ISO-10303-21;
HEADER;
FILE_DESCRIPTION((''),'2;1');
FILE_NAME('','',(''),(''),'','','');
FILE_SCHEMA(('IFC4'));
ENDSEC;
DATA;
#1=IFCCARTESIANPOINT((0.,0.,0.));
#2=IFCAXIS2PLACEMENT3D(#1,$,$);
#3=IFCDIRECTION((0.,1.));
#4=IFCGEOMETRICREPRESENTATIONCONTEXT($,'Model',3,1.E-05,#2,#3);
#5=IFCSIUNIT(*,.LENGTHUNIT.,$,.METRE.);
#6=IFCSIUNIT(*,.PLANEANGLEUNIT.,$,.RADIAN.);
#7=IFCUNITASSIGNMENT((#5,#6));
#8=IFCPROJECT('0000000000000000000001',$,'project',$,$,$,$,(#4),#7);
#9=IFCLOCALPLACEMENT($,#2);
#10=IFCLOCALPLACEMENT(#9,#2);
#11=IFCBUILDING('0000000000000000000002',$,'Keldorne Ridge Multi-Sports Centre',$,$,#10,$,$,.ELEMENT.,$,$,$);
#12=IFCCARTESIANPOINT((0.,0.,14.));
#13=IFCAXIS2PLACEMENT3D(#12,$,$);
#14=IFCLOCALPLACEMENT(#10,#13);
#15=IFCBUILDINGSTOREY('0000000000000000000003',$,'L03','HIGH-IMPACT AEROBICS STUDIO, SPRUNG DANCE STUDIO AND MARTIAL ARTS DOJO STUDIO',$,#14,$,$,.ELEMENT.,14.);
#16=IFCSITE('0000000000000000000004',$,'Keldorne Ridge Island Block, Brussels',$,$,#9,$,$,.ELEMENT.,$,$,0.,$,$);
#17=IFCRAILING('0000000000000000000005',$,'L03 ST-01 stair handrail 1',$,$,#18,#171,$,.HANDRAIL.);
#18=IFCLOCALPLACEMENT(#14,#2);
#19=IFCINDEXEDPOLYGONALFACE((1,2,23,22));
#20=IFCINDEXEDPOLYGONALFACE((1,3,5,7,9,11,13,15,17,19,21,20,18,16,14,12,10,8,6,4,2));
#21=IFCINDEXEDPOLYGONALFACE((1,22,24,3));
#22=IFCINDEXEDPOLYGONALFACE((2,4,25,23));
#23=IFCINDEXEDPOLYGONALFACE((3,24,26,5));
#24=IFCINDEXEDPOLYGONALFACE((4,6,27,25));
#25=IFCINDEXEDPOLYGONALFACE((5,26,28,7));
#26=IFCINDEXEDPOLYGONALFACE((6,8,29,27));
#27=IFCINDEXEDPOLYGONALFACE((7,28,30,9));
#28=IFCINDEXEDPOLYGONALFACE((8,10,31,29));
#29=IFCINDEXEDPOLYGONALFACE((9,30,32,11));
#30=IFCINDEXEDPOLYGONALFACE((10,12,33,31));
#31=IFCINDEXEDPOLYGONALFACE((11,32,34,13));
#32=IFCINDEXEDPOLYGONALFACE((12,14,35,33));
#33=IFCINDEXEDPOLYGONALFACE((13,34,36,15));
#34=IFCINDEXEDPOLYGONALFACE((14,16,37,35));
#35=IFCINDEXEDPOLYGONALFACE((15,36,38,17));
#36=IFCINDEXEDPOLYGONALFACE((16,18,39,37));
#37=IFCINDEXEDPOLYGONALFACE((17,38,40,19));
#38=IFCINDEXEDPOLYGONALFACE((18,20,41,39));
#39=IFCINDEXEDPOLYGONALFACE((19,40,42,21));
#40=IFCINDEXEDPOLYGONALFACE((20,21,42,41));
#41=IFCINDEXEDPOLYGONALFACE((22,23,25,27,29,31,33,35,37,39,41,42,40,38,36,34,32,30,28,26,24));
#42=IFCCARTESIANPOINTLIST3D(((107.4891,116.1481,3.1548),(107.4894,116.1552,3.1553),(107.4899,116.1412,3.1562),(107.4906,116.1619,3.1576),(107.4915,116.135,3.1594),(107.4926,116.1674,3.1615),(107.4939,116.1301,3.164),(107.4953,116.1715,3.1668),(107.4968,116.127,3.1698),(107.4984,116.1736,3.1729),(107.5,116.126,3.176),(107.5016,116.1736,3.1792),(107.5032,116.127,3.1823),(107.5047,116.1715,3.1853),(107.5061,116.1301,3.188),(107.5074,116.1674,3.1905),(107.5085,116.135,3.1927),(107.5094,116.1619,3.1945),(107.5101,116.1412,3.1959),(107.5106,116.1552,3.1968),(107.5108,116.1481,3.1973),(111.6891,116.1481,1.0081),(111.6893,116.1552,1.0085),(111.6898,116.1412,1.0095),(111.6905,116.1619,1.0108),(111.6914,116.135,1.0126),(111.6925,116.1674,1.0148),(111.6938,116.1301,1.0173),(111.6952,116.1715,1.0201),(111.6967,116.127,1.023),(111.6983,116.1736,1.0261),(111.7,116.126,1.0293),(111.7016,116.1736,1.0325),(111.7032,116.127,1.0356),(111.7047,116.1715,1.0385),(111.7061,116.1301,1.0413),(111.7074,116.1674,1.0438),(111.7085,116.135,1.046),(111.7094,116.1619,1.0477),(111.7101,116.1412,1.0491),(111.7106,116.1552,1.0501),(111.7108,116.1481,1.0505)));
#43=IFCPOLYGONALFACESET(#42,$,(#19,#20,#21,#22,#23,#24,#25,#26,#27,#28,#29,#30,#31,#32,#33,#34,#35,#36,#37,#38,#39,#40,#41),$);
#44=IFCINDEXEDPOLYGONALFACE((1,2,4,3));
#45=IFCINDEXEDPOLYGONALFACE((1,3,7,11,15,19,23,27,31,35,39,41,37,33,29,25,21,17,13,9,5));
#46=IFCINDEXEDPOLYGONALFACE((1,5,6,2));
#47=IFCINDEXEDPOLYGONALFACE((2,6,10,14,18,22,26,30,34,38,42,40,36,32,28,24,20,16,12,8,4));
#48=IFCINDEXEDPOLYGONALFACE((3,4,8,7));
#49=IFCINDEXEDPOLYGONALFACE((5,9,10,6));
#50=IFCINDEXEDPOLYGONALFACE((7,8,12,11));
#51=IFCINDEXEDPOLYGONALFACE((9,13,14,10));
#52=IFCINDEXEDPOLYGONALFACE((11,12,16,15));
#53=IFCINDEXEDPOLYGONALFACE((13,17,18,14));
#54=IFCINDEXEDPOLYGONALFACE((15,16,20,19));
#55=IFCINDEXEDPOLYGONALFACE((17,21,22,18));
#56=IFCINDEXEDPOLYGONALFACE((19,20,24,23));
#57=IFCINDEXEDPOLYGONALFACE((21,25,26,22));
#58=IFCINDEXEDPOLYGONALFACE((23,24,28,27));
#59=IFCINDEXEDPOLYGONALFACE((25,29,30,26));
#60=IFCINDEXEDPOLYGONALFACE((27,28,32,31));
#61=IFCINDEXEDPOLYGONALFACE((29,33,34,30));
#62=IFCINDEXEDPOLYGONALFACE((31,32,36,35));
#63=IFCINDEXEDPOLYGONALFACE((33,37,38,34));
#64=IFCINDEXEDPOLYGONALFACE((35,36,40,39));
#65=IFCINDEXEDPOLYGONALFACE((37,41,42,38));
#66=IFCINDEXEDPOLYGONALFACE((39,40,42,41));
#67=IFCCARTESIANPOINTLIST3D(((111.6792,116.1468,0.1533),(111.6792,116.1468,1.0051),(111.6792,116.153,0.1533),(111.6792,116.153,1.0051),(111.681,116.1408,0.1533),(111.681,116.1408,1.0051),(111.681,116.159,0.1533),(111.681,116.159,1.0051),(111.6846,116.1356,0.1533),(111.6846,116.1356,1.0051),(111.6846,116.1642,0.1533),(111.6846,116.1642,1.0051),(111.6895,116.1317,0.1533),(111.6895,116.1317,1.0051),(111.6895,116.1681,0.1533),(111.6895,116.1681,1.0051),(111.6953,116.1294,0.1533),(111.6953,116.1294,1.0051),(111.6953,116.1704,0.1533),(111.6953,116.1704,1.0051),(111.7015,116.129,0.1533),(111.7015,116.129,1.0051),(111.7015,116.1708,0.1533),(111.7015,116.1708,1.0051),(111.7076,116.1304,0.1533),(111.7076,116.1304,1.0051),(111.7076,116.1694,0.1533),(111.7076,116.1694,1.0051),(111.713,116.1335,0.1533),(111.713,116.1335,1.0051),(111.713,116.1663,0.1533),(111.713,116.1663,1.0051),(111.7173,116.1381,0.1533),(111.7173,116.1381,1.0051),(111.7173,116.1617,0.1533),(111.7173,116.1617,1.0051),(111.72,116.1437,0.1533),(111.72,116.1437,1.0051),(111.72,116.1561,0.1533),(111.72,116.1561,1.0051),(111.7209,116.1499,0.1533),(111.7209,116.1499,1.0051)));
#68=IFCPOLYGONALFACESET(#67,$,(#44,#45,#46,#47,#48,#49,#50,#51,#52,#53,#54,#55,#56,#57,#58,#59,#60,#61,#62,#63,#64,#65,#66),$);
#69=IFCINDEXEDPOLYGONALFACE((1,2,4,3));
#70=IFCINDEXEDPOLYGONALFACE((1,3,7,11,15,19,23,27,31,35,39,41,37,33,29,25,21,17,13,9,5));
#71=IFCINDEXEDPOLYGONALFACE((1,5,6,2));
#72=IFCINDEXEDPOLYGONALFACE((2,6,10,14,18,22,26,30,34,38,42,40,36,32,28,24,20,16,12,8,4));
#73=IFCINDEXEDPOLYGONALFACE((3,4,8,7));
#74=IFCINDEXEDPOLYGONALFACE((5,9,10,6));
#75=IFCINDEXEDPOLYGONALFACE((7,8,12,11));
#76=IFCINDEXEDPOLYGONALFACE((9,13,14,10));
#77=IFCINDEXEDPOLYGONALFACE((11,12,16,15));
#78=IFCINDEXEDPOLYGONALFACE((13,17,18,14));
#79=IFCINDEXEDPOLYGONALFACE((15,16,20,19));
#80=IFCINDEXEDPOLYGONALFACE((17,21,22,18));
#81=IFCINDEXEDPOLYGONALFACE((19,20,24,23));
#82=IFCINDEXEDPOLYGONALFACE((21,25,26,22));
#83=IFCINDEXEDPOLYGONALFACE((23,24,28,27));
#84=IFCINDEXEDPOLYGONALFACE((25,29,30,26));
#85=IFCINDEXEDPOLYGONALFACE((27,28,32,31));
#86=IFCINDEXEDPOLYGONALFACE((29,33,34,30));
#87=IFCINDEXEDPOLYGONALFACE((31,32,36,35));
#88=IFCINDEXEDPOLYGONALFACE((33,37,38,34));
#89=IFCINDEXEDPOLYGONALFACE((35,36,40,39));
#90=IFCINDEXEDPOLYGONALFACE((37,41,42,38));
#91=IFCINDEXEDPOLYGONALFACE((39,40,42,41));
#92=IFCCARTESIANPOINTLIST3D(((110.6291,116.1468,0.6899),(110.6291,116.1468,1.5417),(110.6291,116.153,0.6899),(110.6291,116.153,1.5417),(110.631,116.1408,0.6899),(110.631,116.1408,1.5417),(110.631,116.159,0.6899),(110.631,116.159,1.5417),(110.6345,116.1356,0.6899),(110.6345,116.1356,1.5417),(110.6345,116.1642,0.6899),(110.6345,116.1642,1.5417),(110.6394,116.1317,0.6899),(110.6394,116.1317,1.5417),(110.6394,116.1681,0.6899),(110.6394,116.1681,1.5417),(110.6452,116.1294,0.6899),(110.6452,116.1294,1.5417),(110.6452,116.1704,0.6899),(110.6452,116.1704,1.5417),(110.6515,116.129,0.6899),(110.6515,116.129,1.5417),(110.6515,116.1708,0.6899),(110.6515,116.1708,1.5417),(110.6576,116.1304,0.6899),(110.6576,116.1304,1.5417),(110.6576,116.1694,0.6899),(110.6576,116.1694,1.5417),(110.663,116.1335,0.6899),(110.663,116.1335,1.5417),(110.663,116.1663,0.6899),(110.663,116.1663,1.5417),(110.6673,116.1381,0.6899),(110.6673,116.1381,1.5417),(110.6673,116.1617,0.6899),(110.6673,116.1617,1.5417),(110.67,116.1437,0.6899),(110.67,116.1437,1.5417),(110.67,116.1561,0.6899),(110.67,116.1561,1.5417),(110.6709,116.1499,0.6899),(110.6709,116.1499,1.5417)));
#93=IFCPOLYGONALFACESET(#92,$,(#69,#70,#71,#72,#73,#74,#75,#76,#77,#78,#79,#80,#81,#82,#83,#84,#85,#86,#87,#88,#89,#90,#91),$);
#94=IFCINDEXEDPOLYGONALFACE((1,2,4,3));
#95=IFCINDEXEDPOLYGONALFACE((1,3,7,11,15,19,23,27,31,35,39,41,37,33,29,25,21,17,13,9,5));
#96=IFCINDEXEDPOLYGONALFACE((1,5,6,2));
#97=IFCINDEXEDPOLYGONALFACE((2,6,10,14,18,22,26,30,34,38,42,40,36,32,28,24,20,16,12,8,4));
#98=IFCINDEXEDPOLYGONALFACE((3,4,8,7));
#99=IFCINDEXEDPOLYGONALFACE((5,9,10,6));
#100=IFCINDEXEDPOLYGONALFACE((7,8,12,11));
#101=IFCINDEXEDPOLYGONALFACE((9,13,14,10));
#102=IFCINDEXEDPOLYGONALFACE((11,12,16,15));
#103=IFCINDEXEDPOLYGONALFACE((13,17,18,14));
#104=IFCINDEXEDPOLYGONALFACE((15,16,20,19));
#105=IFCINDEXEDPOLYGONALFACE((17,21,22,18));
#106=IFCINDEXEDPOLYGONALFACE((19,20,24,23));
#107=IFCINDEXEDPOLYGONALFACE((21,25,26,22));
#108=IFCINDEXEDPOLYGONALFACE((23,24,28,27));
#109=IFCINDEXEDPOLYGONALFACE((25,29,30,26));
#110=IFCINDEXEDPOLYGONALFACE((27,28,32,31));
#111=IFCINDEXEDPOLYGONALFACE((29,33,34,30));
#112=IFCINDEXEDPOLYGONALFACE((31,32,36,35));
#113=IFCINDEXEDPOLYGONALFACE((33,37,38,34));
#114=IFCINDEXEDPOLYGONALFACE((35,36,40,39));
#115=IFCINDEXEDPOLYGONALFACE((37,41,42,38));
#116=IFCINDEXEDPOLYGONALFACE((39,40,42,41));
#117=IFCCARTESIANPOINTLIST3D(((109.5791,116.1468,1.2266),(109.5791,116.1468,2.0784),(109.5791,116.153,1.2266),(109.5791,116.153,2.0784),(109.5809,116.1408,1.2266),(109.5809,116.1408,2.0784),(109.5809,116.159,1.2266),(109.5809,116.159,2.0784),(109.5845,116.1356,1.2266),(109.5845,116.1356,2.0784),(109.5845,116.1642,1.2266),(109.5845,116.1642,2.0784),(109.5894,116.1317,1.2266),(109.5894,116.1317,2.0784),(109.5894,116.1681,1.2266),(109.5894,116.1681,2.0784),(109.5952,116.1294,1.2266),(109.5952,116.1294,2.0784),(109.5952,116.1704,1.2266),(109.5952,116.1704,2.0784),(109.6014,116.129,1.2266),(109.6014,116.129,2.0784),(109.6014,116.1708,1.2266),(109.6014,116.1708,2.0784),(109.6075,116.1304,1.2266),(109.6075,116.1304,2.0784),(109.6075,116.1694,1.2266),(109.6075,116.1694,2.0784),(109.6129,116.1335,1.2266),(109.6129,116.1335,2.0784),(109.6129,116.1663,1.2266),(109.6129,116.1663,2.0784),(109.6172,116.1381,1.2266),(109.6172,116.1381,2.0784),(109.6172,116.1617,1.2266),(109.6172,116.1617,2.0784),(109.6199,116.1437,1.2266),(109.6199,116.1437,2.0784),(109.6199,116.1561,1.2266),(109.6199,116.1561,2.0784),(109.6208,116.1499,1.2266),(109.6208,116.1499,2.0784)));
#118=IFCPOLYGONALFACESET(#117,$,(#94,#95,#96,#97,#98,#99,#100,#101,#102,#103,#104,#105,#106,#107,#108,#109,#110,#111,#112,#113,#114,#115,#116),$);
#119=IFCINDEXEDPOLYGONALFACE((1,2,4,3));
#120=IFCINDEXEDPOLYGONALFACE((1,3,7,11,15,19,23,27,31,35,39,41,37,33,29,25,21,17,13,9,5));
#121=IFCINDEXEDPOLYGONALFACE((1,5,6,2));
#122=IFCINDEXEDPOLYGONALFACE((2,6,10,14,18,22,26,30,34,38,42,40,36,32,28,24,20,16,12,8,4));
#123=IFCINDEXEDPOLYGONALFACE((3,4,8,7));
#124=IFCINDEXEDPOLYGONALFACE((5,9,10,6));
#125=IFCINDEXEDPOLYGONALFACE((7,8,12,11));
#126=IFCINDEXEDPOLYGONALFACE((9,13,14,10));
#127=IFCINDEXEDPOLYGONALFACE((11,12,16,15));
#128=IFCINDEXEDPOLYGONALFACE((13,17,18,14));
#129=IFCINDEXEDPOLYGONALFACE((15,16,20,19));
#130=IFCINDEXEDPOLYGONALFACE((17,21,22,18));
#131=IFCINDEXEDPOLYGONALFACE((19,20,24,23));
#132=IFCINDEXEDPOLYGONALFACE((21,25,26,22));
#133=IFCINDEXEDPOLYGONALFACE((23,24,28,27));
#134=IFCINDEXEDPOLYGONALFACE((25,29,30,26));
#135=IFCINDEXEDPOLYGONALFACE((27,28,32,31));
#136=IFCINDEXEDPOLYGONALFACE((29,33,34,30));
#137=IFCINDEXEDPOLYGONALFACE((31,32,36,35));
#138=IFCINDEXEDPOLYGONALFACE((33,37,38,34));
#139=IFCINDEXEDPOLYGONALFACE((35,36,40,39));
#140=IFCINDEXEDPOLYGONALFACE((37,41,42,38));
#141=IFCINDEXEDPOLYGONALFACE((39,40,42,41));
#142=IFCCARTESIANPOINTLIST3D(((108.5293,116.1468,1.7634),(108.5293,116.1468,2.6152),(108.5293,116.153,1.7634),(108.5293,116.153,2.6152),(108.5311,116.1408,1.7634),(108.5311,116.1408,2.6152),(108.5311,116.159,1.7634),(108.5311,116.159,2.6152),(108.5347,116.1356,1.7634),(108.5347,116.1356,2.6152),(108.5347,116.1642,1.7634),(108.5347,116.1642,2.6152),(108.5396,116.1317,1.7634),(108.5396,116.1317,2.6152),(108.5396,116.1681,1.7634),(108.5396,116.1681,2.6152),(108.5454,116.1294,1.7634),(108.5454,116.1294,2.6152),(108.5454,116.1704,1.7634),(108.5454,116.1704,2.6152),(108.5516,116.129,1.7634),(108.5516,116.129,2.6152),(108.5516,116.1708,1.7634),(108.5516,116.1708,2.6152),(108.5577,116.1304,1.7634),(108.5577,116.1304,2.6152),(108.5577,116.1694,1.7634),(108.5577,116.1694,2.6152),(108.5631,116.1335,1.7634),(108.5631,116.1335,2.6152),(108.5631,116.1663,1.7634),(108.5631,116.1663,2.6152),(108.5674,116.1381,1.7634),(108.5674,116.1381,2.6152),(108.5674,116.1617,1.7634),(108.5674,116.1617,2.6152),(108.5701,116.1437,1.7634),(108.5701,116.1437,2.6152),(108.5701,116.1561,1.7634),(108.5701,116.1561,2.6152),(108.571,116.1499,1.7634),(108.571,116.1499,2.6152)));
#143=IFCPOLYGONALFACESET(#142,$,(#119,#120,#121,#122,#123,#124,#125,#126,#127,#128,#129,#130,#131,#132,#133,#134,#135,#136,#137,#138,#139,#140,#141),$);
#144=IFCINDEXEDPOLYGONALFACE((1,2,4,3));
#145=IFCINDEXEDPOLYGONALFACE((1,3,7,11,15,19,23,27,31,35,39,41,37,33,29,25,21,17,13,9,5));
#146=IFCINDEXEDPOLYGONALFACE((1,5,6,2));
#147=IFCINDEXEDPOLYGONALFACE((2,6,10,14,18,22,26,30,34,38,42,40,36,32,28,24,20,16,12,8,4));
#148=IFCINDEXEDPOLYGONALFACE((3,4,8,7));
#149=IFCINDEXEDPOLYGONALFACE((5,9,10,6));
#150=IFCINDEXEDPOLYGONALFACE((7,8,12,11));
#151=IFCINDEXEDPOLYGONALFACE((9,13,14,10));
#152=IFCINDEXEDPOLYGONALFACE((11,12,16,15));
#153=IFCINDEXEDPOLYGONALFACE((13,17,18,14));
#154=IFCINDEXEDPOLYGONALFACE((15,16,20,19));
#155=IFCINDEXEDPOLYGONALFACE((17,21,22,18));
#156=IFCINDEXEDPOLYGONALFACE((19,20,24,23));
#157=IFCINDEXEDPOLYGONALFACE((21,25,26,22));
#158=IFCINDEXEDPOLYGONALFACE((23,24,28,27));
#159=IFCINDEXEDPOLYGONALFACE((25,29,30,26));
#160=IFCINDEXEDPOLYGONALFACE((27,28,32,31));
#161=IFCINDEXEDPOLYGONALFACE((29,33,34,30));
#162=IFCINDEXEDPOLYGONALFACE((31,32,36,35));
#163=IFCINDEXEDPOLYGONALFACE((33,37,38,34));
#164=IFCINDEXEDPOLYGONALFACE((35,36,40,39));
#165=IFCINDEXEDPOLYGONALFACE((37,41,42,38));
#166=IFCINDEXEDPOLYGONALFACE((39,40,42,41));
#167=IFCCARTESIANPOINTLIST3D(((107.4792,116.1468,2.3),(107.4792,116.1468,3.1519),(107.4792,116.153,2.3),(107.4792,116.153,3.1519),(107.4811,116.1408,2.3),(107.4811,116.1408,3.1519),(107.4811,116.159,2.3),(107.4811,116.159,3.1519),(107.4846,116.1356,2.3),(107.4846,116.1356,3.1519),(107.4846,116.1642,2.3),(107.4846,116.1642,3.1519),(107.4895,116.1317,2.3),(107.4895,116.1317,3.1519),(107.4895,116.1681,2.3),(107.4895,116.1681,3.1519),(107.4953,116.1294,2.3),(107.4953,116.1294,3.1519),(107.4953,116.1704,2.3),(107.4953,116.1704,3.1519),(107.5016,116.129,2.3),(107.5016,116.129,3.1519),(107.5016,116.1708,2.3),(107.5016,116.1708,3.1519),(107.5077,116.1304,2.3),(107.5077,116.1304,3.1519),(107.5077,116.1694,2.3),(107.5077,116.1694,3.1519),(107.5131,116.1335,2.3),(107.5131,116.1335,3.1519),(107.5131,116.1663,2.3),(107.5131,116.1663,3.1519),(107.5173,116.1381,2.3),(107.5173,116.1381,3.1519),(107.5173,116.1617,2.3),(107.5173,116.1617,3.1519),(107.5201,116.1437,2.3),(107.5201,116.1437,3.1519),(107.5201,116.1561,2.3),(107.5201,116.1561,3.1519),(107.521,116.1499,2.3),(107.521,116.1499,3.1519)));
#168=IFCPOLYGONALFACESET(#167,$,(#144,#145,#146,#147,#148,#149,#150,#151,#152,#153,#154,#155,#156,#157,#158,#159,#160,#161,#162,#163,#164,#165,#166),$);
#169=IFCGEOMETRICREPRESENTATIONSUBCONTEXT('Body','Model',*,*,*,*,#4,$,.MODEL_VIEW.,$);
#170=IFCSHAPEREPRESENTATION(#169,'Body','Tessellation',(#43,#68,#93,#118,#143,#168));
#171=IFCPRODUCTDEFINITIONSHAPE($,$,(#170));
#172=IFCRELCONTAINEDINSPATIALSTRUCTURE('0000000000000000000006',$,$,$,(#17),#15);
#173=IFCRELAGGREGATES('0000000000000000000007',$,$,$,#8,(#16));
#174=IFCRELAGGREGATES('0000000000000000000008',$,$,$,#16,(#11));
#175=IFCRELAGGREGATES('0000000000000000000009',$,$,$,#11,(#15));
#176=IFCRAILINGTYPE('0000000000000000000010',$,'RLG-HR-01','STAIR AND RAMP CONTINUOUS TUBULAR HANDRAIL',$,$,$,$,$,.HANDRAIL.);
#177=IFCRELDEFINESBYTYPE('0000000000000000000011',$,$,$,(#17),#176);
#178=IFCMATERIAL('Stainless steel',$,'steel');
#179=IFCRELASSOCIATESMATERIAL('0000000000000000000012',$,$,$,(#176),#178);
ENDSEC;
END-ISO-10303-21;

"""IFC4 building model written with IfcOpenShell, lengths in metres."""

from ifc_helpers import new_model, si_unit, direction, frame, origin, origin_2d, place, context, subcontext, project, spatial, circle, extrude, material, type_object, element, save


model = new_model("IFC4")

# Units and contexts
model_context = context("Model", 3, precision=1e-05, world=origin(), true_north=direction((0.0, 1.0)))
body_context = subcontext(model_context, "Body", "Model", "MODEL_VIEW")
ifc_project = project(units=[si_unit("LENGTHUNIT", "METRE"), si_unit("PLANEANGLEUNIT", "RADIAN")], contexts=[model_context])

# Site, building, storey
site_placement = place(None, origin())
site = spatial("IfcSite", under=ifc_project, at=site_placement, Name="Keldorne Ridge Island Block, Brussels", CompositionType="ELEMENT", RefElevation=0.0)
building_placement = place(site_placement, origin())
building = spatial("IfcBuilding", under=site, at=building_placement, Name="Keldorne Ridge Multi-Sports Centre", CompositionType="ELEMENT")
storey_placement = place(building_placement, frame((0.0, 0.0, 14.0)))
storey = spatial("IfcBuildingStorey", under=building, at=storey_placement, Name="L03", Description="HIGH-IMPACT AEROBICS STUDIO, SPRUNG DANCE STUDIO AND MARTIAL ARTS DOJO STUDIO", CompositionType="ELEMENT", Elevation=14.0)

# Railing
ifc_material_1 = material(Name="Stainless steel", Category="steel")
railing_type_1 = type_object("IfcRailingType", Name="RLG-HR-01", Description="STAIR AND RAMP CONTINUOUS TUBULAR HANDRAIL", PredefinedType="HANDRAIL", material=ifc_material_1)
for number, where, name in (
    (1, (111.7, 116.1499, 0.1533), "L03 ST-01 stair handrail 1"),
):
    element("IfcRailing", number, at=place(storey_placement, frame(where)), inside=storey, type_object=railing_type_1, Name=name, PredefinedType="HANDRAIL", context=body_context, shape_type="SweptSolid", body=[
        extrude(circle(Radius=0.0239, at=origin_2d()), frame((0.0, 0.0, 0.876), z_axis=(-0.890427, 0.0, 0.455126), x_axis=(0.0, -1.0, 0.0)), (0.0, 0.0, 1.0), 4.7168),
        extrude(circle(Radius=0.021, at=origin_2d()), origin(), (0.0, 0.0, 1.0), 0.8518),
        extrude(circle(Radius=0.021, at=origin_2d()), frame((-1.05, 0.0, 0.5366)), (0.0, 0.0, 1.0), 0.8518),
        extrude(circle(Radius=0.021, at=origin_2d()), frame((-2.1001, 0.0, 1.0732)), (0.0, 0.0, 1.0), 0.8518),
        extrude(circle(Radius=0.021, at=origin_2d()), frame((-3.1499, 0.0, 1.6101)), (0.0, 0.0, 1.0), 0.8518),
        extrude(circle(Radius=0.021, at=origin_2d()), frame((-4.2, 0.0, 2.1467)), (0.0, 0.0, 1.0), 0.8518),
    ])

save(model, "model.ifc")
